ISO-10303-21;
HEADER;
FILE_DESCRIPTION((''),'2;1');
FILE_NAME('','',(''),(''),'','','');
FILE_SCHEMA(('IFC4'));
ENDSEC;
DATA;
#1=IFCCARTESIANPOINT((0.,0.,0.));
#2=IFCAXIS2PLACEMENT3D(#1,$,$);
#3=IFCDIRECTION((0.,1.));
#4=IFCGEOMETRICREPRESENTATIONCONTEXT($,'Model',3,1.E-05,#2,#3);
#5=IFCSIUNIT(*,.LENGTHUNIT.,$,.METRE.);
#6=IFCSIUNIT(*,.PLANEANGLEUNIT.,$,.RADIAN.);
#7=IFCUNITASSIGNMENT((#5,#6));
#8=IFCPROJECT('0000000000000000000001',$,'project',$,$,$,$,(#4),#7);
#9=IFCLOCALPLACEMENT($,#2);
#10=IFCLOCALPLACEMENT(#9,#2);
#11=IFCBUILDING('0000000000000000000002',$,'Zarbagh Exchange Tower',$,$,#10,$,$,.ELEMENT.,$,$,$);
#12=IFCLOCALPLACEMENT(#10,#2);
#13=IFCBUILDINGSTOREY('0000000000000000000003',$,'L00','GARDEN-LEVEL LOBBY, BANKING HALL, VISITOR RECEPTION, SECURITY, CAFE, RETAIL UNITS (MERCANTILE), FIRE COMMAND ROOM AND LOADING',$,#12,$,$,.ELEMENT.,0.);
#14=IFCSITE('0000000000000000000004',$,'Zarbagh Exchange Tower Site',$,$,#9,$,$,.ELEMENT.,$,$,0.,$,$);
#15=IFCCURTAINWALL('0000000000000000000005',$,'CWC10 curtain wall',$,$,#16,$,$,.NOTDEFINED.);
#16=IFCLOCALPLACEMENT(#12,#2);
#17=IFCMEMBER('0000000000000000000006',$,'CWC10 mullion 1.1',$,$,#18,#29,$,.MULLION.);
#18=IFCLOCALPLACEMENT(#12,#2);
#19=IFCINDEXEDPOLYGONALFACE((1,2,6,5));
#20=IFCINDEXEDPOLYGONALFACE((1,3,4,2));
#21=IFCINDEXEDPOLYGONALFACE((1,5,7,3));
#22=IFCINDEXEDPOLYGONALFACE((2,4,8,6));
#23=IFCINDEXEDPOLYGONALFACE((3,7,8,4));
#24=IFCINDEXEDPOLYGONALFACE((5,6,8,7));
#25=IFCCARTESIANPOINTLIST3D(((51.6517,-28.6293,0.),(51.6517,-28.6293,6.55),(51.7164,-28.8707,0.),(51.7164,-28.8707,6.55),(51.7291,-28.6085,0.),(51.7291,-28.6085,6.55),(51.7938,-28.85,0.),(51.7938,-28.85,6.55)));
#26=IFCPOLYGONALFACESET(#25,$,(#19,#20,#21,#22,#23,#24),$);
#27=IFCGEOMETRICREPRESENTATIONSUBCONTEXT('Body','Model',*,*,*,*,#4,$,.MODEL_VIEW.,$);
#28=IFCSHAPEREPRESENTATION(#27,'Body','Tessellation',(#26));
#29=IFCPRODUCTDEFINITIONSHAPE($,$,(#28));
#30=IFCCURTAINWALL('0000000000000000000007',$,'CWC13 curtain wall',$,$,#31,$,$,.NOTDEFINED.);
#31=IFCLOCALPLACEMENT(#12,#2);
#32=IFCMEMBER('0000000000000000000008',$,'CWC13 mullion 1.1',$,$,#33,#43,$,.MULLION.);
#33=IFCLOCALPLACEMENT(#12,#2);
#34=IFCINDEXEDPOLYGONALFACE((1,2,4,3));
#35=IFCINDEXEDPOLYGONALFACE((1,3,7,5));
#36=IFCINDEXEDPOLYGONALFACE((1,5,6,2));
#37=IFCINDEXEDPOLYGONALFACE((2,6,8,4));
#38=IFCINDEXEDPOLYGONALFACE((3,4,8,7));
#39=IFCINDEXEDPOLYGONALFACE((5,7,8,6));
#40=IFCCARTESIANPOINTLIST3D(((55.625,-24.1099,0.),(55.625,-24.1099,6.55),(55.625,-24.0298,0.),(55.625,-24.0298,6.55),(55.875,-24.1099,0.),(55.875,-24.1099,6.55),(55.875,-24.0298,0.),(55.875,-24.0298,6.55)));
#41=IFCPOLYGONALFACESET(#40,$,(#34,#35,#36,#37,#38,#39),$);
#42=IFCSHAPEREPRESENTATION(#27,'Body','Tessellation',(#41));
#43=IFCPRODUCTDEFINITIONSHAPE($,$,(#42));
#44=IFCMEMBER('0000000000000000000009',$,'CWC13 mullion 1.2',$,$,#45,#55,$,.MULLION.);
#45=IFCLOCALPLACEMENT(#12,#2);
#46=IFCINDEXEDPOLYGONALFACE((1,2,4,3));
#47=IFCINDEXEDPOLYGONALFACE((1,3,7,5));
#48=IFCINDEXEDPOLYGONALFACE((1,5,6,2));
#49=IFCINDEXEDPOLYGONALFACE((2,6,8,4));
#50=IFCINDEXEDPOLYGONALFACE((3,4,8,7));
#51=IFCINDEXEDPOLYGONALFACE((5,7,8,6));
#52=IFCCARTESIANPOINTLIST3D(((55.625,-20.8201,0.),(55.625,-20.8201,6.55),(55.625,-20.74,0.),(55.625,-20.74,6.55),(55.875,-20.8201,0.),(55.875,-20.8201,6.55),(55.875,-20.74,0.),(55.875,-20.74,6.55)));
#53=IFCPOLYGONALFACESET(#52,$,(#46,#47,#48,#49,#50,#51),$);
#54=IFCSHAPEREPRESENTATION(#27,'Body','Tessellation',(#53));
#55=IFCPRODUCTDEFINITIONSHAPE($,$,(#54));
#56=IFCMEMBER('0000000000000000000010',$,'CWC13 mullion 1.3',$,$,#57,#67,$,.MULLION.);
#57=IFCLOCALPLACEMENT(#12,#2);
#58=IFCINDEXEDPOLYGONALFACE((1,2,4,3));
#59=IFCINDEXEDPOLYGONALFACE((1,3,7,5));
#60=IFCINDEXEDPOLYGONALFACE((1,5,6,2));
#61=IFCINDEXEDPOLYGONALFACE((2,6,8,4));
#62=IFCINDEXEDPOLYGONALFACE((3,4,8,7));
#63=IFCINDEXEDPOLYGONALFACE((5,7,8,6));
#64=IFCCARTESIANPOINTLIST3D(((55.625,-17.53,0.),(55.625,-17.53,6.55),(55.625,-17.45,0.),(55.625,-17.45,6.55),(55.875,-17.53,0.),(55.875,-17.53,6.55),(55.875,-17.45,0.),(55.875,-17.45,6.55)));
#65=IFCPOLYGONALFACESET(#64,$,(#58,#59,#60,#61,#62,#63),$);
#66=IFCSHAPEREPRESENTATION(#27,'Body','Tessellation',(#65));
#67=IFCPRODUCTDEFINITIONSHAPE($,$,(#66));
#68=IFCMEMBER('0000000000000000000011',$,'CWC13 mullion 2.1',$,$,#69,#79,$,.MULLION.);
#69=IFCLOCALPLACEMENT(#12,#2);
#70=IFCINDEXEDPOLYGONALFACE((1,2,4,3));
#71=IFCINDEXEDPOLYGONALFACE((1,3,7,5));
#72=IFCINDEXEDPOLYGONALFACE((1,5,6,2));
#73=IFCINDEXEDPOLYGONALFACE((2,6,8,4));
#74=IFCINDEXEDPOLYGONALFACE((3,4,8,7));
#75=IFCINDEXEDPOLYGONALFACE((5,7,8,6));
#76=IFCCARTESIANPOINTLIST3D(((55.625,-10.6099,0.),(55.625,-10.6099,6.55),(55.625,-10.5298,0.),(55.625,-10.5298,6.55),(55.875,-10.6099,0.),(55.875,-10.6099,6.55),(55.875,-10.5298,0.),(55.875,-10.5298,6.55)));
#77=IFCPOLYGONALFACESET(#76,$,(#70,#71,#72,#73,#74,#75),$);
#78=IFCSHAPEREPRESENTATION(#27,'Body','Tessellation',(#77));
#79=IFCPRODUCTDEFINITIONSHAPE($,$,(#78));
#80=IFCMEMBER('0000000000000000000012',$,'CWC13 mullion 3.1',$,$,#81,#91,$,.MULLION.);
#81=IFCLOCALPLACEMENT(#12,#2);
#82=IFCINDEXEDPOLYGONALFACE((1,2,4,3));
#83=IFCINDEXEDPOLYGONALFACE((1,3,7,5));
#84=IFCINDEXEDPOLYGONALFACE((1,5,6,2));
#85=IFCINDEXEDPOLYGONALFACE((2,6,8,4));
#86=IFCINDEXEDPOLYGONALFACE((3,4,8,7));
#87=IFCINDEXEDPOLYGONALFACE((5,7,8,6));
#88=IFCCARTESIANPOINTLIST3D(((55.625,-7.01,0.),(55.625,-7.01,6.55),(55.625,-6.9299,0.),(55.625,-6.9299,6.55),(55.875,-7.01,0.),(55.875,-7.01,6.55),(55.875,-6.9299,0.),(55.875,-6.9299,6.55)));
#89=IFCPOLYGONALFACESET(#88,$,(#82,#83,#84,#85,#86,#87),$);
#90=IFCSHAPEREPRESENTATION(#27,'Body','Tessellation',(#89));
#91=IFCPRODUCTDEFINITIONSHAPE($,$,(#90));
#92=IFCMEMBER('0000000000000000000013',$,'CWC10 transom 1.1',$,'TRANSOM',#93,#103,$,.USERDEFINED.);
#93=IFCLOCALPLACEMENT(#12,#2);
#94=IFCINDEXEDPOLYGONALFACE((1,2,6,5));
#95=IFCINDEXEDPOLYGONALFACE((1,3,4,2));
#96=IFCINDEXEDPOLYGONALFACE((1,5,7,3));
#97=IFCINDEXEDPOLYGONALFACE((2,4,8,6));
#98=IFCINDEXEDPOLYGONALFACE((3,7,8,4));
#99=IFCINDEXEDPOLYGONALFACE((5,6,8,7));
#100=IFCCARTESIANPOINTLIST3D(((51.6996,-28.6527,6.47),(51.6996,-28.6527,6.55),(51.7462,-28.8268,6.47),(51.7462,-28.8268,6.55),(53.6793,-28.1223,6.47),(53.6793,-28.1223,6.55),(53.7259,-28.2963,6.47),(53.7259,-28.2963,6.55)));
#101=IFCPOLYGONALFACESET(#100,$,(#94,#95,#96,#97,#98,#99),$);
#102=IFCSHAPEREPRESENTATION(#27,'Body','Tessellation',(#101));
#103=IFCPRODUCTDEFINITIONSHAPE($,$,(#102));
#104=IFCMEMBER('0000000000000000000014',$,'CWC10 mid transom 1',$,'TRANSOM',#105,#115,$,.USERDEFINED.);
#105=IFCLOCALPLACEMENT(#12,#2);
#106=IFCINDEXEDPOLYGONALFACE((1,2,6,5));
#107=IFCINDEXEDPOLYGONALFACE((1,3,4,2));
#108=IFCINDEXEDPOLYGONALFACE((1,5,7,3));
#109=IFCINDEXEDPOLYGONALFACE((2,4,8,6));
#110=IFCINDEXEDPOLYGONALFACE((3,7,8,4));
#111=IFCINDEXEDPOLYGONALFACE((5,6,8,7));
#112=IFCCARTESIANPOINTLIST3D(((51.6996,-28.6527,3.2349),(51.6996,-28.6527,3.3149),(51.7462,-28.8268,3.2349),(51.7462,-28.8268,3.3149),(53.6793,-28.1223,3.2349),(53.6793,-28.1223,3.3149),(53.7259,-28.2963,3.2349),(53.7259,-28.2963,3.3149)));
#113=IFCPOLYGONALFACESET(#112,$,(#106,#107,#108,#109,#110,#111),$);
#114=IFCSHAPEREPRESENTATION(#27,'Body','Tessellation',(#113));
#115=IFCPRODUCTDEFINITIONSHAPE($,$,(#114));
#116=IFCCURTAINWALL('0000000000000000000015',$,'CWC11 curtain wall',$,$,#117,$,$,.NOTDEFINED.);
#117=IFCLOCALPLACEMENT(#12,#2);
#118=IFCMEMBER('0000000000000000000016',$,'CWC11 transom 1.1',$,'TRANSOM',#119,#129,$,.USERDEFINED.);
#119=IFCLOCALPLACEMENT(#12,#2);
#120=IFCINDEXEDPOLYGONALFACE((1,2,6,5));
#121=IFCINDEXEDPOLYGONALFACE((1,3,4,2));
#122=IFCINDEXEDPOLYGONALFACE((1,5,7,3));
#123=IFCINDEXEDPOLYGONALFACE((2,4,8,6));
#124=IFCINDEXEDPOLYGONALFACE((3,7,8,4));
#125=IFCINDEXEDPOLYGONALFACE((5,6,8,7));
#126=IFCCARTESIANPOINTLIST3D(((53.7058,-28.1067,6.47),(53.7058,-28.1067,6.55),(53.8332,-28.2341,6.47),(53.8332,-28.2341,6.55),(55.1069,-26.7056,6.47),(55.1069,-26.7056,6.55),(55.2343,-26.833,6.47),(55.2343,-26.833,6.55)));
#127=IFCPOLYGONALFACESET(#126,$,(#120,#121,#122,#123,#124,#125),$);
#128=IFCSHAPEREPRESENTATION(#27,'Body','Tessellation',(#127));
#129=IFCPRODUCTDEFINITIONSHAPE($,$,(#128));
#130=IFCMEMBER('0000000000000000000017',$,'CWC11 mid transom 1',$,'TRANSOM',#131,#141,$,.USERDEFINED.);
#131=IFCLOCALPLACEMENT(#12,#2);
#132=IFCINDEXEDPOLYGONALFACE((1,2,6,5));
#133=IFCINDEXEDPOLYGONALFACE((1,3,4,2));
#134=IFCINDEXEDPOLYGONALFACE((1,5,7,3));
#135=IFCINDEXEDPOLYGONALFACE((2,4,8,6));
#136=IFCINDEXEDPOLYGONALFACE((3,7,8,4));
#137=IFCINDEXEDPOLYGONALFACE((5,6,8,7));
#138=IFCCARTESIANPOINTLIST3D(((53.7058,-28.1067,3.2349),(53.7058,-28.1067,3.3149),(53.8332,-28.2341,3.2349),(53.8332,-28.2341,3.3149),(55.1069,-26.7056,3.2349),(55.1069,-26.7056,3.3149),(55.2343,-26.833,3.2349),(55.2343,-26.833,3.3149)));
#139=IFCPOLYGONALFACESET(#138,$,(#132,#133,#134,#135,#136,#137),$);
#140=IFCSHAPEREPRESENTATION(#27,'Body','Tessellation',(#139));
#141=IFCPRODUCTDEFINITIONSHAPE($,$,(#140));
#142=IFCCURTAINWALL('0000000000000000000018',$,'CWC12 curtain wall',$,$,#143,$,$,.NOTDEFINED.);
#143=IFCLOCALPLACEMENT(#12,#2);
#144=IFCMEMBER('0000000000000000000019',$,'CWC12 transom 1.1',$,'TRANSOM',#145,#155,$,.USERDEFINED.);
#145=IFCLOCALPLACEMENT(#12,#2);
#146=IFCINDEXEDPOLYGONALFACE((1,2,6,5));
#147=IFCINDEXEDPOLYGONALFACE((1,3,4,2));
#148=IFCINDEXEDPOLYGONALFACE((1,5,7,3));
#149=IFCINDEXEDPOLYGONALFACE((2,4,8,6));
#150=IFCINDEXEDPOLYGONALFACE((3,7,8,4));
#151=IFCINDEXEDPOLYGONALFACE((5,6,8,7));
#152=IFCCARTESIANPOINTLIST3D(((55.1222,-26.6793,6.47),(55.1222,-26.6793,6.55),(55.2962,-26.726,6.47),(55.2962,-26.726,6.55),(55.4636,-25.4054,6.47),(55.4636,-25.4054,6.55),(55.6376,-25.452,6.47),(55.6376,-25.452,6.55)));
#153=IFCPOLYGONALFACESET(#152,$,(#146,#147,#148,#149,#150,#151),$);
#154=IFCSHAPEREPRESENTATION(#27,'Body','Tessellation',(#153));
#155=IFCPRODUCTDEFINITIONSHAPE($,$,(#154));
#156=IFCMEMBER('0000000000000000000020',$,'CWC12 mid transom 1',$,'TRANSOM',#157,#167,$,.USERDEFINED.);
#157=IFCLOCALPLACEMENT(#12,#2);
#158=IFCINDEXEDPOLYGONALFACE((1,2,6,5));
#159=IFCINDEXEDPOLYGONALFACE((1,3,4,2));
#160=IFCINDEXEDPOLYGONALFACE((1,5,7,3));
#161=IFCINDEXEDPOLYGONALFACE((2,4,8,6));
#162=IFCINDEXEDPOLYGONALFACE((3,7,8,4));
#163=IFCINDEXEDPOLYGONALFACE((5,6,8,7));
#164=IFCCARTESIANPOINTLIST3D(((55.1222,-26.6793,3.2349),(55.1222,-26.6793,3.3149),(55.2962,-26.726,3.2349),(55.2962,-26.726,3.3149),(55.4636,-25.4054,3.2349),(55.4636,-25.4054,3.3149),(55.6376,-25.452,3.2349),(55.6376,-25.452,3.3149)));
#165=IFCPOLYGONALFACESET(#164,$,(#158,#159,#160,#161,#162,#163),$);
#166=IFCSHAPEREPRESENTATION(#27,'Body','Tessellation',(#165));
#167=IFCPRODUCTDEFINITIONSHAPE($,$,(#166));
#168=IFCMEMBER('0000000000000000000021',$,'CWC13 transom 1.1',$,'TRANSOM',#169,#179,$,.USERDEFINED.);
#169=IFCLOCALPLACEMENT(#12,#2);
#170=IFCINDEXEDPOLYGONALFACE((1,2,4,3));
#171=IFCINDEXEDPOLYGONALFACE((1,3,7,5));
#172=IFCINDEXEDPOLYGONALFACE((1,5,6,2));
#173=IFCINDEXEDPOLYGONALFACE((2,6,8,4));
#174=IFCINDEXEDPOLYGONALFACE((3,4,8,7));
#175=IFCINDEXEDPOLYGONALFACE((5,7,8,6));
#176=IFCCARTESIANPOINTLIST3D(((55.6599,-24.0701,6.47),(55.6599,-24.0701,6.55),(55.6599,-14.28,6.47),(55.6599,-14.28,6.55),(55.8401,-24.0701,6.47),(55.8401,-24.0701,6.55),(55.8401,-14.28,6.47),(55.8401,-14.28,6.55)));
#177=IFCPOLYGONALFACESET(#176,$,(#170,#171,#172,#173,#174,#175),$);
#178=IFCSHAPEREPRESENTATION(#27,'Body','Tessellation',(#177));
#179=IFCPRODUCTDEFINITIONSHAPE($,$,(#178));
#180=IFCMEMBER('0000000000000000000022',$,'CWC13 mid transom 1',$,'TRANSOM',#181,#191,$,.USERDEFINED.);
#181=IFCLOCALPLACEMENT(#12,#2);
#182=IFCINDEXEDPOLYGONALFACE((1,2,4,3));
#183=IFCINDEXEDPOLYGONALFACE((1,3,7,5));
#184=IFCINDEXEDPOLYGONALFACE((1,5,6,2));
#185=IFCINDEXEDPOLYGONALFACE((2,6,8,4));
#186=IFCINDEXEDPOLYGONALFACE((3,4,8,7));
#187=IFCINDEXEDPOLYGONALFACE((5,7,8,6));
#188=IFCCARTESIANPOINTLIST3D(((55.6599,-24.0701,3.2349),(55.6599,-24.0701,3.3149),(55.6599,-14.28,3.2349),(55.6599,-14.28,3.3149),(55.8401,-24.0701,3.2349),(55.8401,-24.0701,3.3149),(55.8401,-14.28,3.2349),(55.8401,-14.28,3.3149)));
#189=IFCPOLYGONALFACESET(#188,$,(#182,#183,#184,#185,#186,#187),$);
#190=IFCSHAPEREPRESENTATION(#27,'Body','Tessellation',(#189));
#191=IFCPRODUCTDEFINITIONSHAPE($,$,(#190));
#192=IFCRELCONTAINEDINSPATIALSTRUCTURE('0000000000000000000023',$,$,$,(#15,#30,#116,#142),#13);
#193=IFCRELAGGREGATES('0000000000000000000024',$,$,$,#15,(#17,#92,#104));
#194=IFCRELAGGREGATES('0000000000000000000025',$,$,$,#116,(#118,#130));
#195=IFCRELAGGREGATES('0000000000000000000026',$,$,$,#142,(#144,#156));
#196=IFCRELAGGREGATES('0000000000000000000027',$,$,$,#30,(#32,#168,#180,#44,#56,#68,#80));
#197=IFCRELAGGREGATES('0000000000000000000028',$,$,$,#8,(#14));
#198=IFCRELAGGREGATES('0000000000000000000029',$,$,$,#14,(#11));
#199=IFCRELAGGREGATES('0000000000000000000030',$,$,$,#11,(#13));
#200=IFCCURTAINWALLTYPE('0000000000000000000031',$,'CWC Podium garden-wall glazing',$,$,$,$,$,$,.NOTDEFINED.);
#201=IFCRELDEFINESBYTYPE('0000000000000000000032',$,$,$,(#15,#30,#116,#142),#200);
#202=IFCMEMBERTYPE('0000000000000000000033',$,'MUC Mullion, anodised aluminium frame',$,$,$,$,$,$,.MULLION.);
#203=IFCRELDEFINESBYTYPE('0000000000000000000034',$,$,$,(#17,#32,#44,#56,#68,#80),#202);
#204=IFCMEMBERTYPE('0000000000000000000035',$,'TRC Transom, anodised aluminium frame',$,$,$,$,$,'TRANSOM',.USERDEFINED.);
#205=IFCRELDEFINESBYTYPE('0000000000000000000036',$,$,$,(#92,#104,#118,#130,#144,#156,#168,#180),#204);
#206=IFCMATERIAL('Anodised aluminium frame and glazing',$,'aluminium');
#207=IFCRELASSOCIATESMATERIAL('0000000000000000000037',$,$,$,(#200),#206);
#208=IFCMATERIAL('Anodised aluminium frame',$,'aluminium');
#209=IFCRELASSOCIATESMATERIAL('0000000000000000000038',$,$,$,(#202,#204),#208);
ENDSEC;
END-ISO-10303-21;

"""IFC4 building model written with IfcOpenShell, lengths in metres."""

from ifc_helpers import new_model, si_unit, direction, origin, place, context, subcontext, project, spatial, polyline, outline, extrude, source, transform, mapped, material, type_object, element, aggregate, save


model = new_model("IFC4")

# Units and contexts
model_context = context("Model", 3, precision=1e-05, world=origin(), true_north=direction((0.0, 1.0)))
body_context = subcontext(model_context, "Body", "Model", "MODEL_VIEW")
ifc_project = project(units=[si_unit("LENGTHUNIT", "METRE"), si_unit("PLANEANGLEUNIT", "RADIAN")], contexts=[model_context])

# Site, building, storey
site_placement = place(None, origin())
site = spatial("IfcSite", under=ifc_project, at=site_placement, Name="Zarbagh Exchange Tower Site", CompositionType="ELEMENT", RefElevation=0.0)
building_placement = place(site_placement, origin())
building = spatial("IfcBuilding", under=site, at=building_placement, Name="Zarbagh Exchange Tower", CompositionType="ELEMENT")
storey_placement = place(building_placement, origin())
storey = spatial("IfcBuildingStorey", under=building, at=storey_placement, Name="L00", Description="GARDEN-LEVEL LOBBY, BANKING HALL, VISITOR RECEPTION, SECURITY, CAFE, RETAIL UNITS (MERCANTILE), FIRE COMMAND ROOM AND LOADING", CompositionType="ELEMENT", Elevation=0.0)

# Curtain wall, member
ifc_material_1 = material(Name="Anodised aluminium frame and glazing", Category="aluminium")
curtain_wall_type = type_object("IfcCurtainWallType", Name="CWC Podium garden-wall glazing", PredefinedType="NOTDEFINED", material=ifc_material_1)
curtain_wall_1_placement = place(storey_placement, origin())
curtain_wall_1 = element("IfcCurtainWall", 1, at=curtain_wall_1_placement, inside=storey, type_object=curtain_wall_type, Name="CWC10 curtain wall", PredefinedType="NOTDEFINED")
ifc_material_2 = material(Name="Anodised aluminium frame", Category="aluminium")
member_type_1 = type_object("IfcMemberType", Name="MUC Mullion, anodised aluminium frame", PredefinedType="MULLION", material=ifc_material_2)
shared_shape_1 = source(origin(), body_context, "Body", "SweptSolid", [
    extrude(outline(polyline([(0.0, -0.125), (0.0801, -0.125), (0.0801, 0.125), (0.0, 0.125), (0.0, -0.125)])), origin(), (0.0, 0.0, 1.0), 6.55),
])
placement = place(storey_placement, origin())
member_1 = element("IfcMember", 2, at=placement, type_object=member_type_1, Name="CWC10 mullion 1.1", PredefinedType="MULLION", context=body_context, shape_type="MappedRepresentation", body=[
    mapped(shared_shape_1, transform((51.6841, -28.75, 0.0), x_axis=(0.965924, 0.258825, 0.0), y_axis=(-0.258825, 0.965924, 0.0), z_axis=(0.0, 0.0, 1.0))),
])

# Curtain wall, members
curtain_wall_2_placement = place(storey_placement, origin())
curtain_wall_2 = element("IfcCurtainWall", 3, at=curtain_wall_2_placement, inside=storey, type_object=curtain_wall_type, Name="CWC13 curtain wall", PredefinedType="NOTDEFINED")
member_2 = element("IfcMember", 4, at=placement, type_object=member_type_1, Name="CWC13 mullion 1.1", PredefinedType="MULLION", context=body_context, shape_type="MappedRepresentation", body=[
    mapped(shared_shape_1, transform((55.75, -24.1099, 0.0), x_axis=(0.0, 1.0, 0.0), y_axis=(-1.0, 0.0, 0.0), z_axis=(0.0, 0.0, 1.0))),
])
member_3 = element("IfcMember", 5, at=placement, type_object=member_type_1, Name="CWC13 mullion 1.2", PredefinedType="MULLION", context=body_context, shape_type="MappedRepresentation", body=[
    mapped(shared_shape_1, transform((55.75, -20.8201, 0.0), x_axis=(0.0, 1.0, 0.0), y_axis=(-1.0, 0.0, 0.0), z_axis=(0.0, 0.0, 1.0))),
])
member_4 = element("IfcMember", 6, at=placement, type_object=member_type_1, Name="CWC13 mullion 1.3", PredefinedType="MULLION", context=body_context, shape_type="MappedRepresentation", body=[
    mapped(shared_shape_1, transform((55.75, -17.53, 0.0), x_axis=(0.0, 1.0, 0.0), y_axis=(-1.0, 0.0, 0.0), z_axis=(0.0, 0.0, 1.0))),
])
member_5 = element("IfcMember", 7, at=placement, type_object=member_type_1, Name="CWC13 mullion 2.1", PredefinedType="MULLION", context=body_context, shape_type="MappedRepresentation", body=[
    mapped(shared_shape_1, transform((55.75, -10.6099, 0.0), x_axis=(0.0, 1.0, 0.0), y_axis=(-1.0, 0.0, 0.0), z_axis=(0.0, 0.0, 1.0))),
])
member_6 = element("IfcMember", 8, at=placement, type_object=member_type_1, Name="CWC13 mullion 3.1", PredefinedType="MULLION", context=body_context, shape_type="MappedRepresentation", body=[
    mapped(shared_shape_1, transform((55.75, -7.01, 0.0), x_axis=(0.0, 1.0, 0.0), y_axis=(-1.0, 0.0, 0.0), z_axis=(0.0, 0.0, 1.0))),
])

# Members
member_type_2 = type_object("IfcMemberType", Name="TRC Transom, anodised aluminium frame", ElementType="TRANSOM", PredefinedType="USERDEFINED", material=ifc_material_2)
shared_shape_2 = source(origin(), body_context, "Body", "SweptSolid", [
    extrude(outline(polyline([(-0.0801, -0.0901), (0.0, -0.0901), (0.0, 0.0901), (-0.0801, 0.0901), (-0.0801, -0.0901)])), origin(), (0.0, 0.0, 1.0), 2.0496),
])
member_7 = element("IfcMember", 9, at=placement, type_object=member_type_2, Name="CWC10 transom 1.1", ObjectType="TRANSOM", PredefinedType="USERDEFINED", context=body_context, shape_type="MappedRepresentation", body=[
    mapped(shared_shape_2, transform((51.7229, -28.7397, 6.55), x_axis=(0.0, 0.0, 1.0), y_axis=(0.258825, -0.965924, 0.0), z_axis=(0.965924, 0.258825, 0.0))),
])
shared_shape_3 = source(origin(), body_context, "Body", "SweptSolid", [
    extrude(outline(polyline([(-0.04, -0.0901), (0.04, -0.0901), (0.04, 0.0901), (-0.04, 0.0901), (-0.04, -0.0901)])), origin(), (0.0, 0.0, 1.0), 2.0496),
])
member_8 = element("IfcMember", 10, at=placement, type_object=member_type_2, Name="CWC10 mid transom 1", ObjectType="TRANSOM", PredefinedType="USERDEFINED", context=body_context, shape_type="MappedRepresentation", body=[
    mapped(shared_shape_3, transform((51.7229, -28.7397, 3.2749), x_axis=(0.0, 0.0, 1.0), y_axis=(0.258825, -0.965924, 0.0), z_axis=(0.965924, 0.258825, 0.0))),
])

# Curtain walls, members
curtain_wall_3_placement = place(storey_placement, origin())
curtain_wall_3 = element("IfcCurtainWall", 11, at=curtain_wall_3_placement, inside=storey, type_object=curtain_wall_type, Name="CWC11 curtain wall", PredefinedType="NOTDEFINED")
shared_shape_4 = source(origin(), body_context, "Body", "SweptSolid", [
    extrude(outline(polyline([(-0.0801, -0.0901), (0.0, -0.0901), (0.0, 0.0901), (-0.0801, 0.0901), (-0.0801, -0.0901)])), origin(), (0.0, 0.0, 1.0), 1.9814),
])
member_9 = element("IfcMember", 12, at=placement, type_object=member_type_2, Name="CWC11 transom 1.1", ObjectType="TRANSOM", PredefinedType="USERDEFINED", context=body_context, shape_type="MappedRepresentation", body=[
    mapped(shared_shape_4, transform((53.7695, -28.1704, 6.55), x_axis=(0.0, 0.0, 1.0), y_axis=(0.707107, -0.707107, 0.0), z_axis=(0.707107, 0.707107, 0.0))),
])
shared_shape_5 = source(origin(), body_context, "Body", "SweptSolid", [
    extrude(outline(polyline([(-0.04, -0.0901), (0.04, -0.0901), (0.04, 0.0901), (-0.04, 0.0901), (-0.04, -0.0901)])), origin(), (0.0, 0.0, 1.0), 1.9814),
])
member_10 = element("IfcMember", 13, at=placement, type_object=member_type_2, Name="CWC11 mid transom 1", ObjectType="TRANSOM", PredefinedType="USERDEFINED", context=body_context, shape_type="MappedRepresentation", body=[
    mapped(shared_shape_5, transform((53.7695, -28.1704, 3.2749), x_axis=(0.0, 0.0, 1.0), y_axis=(0.707107, -0.707107, 0.0), z_axis=(0.707107, 0.707107, 0.0))),
])
curtain_wall_4_placement = place(storey_placement, origin())
curtain_wall_4 = element("IfcCurtainWall", 14, at=curtain_wall_4_placement, inside=storey, type_object=curtain_wall_type, Name="CWC12 curtain wall", PredefinedType="NOTDEFINED")
shared_shape_6 = source(origin(), body_context, "Body", "SweptSolid", [
    extrude(outline(polyline([(-0.0801, -0.0901), (0.0, -0.0901), (0.0, 0.0901), (-0.0801, 0.0901), (-0.0801, -0.0901)])), origin(), (0.0, 0.0, 1.0), 1.3188),
])
member_11 = element("IfcMember", 15, at=placement, type_object=member_type_2, Name="CWC12 transom 1.1", ObjectType="TRANSOM", PredefinedType="USERDEFINED", context=body_context, shape_type="MappedRepresentation", body=[
    mapped(shared_shape_6, transform((55.2092, -26.7026, 6.55), x_axis=(0.0, 0.0, 1.0), y_axis=(0.965924, -0.258825, 0.0), z_axis=(0.258825, 0.965924, 0.0))),
])
shared_shape_7 = source(origin(), body_context, "Body", "SweptSolid", [
    extrude(outline(polyline([(-0.04, -0.0901), (0.04, -0.0901), (0.04, 0.0901), (-0.04, 0.0901), (-0.04, -0.0901)])), origin(), (0.0, 0.0, 1.0), 1.3188),
])
member_12 = element("IfcMember", 16, at=placement, type_object=member_type_2, Name="CWC12 mid transom 1", ObjectType="TRANSOM", PredefinedType="USERDEFINED", context=body_context, shape_type="MappedRepresentation", body=[
    mapped(shared_shape_7, transform((55.2092, -26.7026, 3.2749), x_axis=(0.0, 0.0, 1.0), y_axis=(0.965924, -0.258825, 0.0), z_axis=(0.258825, 0.965924, 0.0))),
])

# Members
shared_shape_8 = source(origin(), body_context, "Body", "SweptSolid", [
    extrude(outline(polyline([(-0.0801, -0.0901), (0.0, -0.0901), (0.0, 0.0901), (-0.0801, 0.0901), (-0.0801, -0.0901)])), origin(), (0.0, 0.0, 1.0), 9.79),
])
member_13 = element("IfcMember", 17, at=placement, type_object=member_type_2, Name="CWC13 transom 1.1", ObjectType="TRANSOM", PredefinedType="USERDEFINED", context=body_context, shape_type="MappedRepresentation", body=[
    mapped(shared_shape_8, transform((55.75, -24.0701, 6.55), x_axis=(0.0, 0.0, 1.0), y_axis=(1.0, 0.0, 0.0), z_axis=(0.0, 1.0, 0.0))),
])
shared_shape_9 = source(origin(), body_context, "Body", "SweptSolid", [
    extrude(outline(polyline([(-0.04, -0.0901), (0.04, -0.0901), (0.04, 0.0901), (-0.04, 0.0901), (-0.04, -0.0901)])), origin(), (0.0, 0.0, 1.0), 9.79),
])
member_14 = element("IfcMember", 18, at=placement, type_object=member_type_2, Name="CWC13 mid transom 1", ObjectType="TRANSOM", PredefinedType="USERDEFINED", context=body_context, shape_type="MappedRepresentation", body=[
    mapped(shared_shape_9, transform((55.75, -24.0701, 3.2749), x_axis=(0.0, 0.0, 1.0), y_axis=(1.0, 0.0, 0.0), z_axis=(0.0, 1.0, 0.0))),
])

aggregate(curtain_wall_1, [member_1, member_7, member_8])
aggregate(curtain_wall_3, [member_9, member_10])
aggregate(curtain_wall_4, [member_11, member_12])
aggregate(curtain_wall_2, [member_2, member_13, member_14, member_3, member_4, member_5, member_6])

save(model, "model.ifc")
